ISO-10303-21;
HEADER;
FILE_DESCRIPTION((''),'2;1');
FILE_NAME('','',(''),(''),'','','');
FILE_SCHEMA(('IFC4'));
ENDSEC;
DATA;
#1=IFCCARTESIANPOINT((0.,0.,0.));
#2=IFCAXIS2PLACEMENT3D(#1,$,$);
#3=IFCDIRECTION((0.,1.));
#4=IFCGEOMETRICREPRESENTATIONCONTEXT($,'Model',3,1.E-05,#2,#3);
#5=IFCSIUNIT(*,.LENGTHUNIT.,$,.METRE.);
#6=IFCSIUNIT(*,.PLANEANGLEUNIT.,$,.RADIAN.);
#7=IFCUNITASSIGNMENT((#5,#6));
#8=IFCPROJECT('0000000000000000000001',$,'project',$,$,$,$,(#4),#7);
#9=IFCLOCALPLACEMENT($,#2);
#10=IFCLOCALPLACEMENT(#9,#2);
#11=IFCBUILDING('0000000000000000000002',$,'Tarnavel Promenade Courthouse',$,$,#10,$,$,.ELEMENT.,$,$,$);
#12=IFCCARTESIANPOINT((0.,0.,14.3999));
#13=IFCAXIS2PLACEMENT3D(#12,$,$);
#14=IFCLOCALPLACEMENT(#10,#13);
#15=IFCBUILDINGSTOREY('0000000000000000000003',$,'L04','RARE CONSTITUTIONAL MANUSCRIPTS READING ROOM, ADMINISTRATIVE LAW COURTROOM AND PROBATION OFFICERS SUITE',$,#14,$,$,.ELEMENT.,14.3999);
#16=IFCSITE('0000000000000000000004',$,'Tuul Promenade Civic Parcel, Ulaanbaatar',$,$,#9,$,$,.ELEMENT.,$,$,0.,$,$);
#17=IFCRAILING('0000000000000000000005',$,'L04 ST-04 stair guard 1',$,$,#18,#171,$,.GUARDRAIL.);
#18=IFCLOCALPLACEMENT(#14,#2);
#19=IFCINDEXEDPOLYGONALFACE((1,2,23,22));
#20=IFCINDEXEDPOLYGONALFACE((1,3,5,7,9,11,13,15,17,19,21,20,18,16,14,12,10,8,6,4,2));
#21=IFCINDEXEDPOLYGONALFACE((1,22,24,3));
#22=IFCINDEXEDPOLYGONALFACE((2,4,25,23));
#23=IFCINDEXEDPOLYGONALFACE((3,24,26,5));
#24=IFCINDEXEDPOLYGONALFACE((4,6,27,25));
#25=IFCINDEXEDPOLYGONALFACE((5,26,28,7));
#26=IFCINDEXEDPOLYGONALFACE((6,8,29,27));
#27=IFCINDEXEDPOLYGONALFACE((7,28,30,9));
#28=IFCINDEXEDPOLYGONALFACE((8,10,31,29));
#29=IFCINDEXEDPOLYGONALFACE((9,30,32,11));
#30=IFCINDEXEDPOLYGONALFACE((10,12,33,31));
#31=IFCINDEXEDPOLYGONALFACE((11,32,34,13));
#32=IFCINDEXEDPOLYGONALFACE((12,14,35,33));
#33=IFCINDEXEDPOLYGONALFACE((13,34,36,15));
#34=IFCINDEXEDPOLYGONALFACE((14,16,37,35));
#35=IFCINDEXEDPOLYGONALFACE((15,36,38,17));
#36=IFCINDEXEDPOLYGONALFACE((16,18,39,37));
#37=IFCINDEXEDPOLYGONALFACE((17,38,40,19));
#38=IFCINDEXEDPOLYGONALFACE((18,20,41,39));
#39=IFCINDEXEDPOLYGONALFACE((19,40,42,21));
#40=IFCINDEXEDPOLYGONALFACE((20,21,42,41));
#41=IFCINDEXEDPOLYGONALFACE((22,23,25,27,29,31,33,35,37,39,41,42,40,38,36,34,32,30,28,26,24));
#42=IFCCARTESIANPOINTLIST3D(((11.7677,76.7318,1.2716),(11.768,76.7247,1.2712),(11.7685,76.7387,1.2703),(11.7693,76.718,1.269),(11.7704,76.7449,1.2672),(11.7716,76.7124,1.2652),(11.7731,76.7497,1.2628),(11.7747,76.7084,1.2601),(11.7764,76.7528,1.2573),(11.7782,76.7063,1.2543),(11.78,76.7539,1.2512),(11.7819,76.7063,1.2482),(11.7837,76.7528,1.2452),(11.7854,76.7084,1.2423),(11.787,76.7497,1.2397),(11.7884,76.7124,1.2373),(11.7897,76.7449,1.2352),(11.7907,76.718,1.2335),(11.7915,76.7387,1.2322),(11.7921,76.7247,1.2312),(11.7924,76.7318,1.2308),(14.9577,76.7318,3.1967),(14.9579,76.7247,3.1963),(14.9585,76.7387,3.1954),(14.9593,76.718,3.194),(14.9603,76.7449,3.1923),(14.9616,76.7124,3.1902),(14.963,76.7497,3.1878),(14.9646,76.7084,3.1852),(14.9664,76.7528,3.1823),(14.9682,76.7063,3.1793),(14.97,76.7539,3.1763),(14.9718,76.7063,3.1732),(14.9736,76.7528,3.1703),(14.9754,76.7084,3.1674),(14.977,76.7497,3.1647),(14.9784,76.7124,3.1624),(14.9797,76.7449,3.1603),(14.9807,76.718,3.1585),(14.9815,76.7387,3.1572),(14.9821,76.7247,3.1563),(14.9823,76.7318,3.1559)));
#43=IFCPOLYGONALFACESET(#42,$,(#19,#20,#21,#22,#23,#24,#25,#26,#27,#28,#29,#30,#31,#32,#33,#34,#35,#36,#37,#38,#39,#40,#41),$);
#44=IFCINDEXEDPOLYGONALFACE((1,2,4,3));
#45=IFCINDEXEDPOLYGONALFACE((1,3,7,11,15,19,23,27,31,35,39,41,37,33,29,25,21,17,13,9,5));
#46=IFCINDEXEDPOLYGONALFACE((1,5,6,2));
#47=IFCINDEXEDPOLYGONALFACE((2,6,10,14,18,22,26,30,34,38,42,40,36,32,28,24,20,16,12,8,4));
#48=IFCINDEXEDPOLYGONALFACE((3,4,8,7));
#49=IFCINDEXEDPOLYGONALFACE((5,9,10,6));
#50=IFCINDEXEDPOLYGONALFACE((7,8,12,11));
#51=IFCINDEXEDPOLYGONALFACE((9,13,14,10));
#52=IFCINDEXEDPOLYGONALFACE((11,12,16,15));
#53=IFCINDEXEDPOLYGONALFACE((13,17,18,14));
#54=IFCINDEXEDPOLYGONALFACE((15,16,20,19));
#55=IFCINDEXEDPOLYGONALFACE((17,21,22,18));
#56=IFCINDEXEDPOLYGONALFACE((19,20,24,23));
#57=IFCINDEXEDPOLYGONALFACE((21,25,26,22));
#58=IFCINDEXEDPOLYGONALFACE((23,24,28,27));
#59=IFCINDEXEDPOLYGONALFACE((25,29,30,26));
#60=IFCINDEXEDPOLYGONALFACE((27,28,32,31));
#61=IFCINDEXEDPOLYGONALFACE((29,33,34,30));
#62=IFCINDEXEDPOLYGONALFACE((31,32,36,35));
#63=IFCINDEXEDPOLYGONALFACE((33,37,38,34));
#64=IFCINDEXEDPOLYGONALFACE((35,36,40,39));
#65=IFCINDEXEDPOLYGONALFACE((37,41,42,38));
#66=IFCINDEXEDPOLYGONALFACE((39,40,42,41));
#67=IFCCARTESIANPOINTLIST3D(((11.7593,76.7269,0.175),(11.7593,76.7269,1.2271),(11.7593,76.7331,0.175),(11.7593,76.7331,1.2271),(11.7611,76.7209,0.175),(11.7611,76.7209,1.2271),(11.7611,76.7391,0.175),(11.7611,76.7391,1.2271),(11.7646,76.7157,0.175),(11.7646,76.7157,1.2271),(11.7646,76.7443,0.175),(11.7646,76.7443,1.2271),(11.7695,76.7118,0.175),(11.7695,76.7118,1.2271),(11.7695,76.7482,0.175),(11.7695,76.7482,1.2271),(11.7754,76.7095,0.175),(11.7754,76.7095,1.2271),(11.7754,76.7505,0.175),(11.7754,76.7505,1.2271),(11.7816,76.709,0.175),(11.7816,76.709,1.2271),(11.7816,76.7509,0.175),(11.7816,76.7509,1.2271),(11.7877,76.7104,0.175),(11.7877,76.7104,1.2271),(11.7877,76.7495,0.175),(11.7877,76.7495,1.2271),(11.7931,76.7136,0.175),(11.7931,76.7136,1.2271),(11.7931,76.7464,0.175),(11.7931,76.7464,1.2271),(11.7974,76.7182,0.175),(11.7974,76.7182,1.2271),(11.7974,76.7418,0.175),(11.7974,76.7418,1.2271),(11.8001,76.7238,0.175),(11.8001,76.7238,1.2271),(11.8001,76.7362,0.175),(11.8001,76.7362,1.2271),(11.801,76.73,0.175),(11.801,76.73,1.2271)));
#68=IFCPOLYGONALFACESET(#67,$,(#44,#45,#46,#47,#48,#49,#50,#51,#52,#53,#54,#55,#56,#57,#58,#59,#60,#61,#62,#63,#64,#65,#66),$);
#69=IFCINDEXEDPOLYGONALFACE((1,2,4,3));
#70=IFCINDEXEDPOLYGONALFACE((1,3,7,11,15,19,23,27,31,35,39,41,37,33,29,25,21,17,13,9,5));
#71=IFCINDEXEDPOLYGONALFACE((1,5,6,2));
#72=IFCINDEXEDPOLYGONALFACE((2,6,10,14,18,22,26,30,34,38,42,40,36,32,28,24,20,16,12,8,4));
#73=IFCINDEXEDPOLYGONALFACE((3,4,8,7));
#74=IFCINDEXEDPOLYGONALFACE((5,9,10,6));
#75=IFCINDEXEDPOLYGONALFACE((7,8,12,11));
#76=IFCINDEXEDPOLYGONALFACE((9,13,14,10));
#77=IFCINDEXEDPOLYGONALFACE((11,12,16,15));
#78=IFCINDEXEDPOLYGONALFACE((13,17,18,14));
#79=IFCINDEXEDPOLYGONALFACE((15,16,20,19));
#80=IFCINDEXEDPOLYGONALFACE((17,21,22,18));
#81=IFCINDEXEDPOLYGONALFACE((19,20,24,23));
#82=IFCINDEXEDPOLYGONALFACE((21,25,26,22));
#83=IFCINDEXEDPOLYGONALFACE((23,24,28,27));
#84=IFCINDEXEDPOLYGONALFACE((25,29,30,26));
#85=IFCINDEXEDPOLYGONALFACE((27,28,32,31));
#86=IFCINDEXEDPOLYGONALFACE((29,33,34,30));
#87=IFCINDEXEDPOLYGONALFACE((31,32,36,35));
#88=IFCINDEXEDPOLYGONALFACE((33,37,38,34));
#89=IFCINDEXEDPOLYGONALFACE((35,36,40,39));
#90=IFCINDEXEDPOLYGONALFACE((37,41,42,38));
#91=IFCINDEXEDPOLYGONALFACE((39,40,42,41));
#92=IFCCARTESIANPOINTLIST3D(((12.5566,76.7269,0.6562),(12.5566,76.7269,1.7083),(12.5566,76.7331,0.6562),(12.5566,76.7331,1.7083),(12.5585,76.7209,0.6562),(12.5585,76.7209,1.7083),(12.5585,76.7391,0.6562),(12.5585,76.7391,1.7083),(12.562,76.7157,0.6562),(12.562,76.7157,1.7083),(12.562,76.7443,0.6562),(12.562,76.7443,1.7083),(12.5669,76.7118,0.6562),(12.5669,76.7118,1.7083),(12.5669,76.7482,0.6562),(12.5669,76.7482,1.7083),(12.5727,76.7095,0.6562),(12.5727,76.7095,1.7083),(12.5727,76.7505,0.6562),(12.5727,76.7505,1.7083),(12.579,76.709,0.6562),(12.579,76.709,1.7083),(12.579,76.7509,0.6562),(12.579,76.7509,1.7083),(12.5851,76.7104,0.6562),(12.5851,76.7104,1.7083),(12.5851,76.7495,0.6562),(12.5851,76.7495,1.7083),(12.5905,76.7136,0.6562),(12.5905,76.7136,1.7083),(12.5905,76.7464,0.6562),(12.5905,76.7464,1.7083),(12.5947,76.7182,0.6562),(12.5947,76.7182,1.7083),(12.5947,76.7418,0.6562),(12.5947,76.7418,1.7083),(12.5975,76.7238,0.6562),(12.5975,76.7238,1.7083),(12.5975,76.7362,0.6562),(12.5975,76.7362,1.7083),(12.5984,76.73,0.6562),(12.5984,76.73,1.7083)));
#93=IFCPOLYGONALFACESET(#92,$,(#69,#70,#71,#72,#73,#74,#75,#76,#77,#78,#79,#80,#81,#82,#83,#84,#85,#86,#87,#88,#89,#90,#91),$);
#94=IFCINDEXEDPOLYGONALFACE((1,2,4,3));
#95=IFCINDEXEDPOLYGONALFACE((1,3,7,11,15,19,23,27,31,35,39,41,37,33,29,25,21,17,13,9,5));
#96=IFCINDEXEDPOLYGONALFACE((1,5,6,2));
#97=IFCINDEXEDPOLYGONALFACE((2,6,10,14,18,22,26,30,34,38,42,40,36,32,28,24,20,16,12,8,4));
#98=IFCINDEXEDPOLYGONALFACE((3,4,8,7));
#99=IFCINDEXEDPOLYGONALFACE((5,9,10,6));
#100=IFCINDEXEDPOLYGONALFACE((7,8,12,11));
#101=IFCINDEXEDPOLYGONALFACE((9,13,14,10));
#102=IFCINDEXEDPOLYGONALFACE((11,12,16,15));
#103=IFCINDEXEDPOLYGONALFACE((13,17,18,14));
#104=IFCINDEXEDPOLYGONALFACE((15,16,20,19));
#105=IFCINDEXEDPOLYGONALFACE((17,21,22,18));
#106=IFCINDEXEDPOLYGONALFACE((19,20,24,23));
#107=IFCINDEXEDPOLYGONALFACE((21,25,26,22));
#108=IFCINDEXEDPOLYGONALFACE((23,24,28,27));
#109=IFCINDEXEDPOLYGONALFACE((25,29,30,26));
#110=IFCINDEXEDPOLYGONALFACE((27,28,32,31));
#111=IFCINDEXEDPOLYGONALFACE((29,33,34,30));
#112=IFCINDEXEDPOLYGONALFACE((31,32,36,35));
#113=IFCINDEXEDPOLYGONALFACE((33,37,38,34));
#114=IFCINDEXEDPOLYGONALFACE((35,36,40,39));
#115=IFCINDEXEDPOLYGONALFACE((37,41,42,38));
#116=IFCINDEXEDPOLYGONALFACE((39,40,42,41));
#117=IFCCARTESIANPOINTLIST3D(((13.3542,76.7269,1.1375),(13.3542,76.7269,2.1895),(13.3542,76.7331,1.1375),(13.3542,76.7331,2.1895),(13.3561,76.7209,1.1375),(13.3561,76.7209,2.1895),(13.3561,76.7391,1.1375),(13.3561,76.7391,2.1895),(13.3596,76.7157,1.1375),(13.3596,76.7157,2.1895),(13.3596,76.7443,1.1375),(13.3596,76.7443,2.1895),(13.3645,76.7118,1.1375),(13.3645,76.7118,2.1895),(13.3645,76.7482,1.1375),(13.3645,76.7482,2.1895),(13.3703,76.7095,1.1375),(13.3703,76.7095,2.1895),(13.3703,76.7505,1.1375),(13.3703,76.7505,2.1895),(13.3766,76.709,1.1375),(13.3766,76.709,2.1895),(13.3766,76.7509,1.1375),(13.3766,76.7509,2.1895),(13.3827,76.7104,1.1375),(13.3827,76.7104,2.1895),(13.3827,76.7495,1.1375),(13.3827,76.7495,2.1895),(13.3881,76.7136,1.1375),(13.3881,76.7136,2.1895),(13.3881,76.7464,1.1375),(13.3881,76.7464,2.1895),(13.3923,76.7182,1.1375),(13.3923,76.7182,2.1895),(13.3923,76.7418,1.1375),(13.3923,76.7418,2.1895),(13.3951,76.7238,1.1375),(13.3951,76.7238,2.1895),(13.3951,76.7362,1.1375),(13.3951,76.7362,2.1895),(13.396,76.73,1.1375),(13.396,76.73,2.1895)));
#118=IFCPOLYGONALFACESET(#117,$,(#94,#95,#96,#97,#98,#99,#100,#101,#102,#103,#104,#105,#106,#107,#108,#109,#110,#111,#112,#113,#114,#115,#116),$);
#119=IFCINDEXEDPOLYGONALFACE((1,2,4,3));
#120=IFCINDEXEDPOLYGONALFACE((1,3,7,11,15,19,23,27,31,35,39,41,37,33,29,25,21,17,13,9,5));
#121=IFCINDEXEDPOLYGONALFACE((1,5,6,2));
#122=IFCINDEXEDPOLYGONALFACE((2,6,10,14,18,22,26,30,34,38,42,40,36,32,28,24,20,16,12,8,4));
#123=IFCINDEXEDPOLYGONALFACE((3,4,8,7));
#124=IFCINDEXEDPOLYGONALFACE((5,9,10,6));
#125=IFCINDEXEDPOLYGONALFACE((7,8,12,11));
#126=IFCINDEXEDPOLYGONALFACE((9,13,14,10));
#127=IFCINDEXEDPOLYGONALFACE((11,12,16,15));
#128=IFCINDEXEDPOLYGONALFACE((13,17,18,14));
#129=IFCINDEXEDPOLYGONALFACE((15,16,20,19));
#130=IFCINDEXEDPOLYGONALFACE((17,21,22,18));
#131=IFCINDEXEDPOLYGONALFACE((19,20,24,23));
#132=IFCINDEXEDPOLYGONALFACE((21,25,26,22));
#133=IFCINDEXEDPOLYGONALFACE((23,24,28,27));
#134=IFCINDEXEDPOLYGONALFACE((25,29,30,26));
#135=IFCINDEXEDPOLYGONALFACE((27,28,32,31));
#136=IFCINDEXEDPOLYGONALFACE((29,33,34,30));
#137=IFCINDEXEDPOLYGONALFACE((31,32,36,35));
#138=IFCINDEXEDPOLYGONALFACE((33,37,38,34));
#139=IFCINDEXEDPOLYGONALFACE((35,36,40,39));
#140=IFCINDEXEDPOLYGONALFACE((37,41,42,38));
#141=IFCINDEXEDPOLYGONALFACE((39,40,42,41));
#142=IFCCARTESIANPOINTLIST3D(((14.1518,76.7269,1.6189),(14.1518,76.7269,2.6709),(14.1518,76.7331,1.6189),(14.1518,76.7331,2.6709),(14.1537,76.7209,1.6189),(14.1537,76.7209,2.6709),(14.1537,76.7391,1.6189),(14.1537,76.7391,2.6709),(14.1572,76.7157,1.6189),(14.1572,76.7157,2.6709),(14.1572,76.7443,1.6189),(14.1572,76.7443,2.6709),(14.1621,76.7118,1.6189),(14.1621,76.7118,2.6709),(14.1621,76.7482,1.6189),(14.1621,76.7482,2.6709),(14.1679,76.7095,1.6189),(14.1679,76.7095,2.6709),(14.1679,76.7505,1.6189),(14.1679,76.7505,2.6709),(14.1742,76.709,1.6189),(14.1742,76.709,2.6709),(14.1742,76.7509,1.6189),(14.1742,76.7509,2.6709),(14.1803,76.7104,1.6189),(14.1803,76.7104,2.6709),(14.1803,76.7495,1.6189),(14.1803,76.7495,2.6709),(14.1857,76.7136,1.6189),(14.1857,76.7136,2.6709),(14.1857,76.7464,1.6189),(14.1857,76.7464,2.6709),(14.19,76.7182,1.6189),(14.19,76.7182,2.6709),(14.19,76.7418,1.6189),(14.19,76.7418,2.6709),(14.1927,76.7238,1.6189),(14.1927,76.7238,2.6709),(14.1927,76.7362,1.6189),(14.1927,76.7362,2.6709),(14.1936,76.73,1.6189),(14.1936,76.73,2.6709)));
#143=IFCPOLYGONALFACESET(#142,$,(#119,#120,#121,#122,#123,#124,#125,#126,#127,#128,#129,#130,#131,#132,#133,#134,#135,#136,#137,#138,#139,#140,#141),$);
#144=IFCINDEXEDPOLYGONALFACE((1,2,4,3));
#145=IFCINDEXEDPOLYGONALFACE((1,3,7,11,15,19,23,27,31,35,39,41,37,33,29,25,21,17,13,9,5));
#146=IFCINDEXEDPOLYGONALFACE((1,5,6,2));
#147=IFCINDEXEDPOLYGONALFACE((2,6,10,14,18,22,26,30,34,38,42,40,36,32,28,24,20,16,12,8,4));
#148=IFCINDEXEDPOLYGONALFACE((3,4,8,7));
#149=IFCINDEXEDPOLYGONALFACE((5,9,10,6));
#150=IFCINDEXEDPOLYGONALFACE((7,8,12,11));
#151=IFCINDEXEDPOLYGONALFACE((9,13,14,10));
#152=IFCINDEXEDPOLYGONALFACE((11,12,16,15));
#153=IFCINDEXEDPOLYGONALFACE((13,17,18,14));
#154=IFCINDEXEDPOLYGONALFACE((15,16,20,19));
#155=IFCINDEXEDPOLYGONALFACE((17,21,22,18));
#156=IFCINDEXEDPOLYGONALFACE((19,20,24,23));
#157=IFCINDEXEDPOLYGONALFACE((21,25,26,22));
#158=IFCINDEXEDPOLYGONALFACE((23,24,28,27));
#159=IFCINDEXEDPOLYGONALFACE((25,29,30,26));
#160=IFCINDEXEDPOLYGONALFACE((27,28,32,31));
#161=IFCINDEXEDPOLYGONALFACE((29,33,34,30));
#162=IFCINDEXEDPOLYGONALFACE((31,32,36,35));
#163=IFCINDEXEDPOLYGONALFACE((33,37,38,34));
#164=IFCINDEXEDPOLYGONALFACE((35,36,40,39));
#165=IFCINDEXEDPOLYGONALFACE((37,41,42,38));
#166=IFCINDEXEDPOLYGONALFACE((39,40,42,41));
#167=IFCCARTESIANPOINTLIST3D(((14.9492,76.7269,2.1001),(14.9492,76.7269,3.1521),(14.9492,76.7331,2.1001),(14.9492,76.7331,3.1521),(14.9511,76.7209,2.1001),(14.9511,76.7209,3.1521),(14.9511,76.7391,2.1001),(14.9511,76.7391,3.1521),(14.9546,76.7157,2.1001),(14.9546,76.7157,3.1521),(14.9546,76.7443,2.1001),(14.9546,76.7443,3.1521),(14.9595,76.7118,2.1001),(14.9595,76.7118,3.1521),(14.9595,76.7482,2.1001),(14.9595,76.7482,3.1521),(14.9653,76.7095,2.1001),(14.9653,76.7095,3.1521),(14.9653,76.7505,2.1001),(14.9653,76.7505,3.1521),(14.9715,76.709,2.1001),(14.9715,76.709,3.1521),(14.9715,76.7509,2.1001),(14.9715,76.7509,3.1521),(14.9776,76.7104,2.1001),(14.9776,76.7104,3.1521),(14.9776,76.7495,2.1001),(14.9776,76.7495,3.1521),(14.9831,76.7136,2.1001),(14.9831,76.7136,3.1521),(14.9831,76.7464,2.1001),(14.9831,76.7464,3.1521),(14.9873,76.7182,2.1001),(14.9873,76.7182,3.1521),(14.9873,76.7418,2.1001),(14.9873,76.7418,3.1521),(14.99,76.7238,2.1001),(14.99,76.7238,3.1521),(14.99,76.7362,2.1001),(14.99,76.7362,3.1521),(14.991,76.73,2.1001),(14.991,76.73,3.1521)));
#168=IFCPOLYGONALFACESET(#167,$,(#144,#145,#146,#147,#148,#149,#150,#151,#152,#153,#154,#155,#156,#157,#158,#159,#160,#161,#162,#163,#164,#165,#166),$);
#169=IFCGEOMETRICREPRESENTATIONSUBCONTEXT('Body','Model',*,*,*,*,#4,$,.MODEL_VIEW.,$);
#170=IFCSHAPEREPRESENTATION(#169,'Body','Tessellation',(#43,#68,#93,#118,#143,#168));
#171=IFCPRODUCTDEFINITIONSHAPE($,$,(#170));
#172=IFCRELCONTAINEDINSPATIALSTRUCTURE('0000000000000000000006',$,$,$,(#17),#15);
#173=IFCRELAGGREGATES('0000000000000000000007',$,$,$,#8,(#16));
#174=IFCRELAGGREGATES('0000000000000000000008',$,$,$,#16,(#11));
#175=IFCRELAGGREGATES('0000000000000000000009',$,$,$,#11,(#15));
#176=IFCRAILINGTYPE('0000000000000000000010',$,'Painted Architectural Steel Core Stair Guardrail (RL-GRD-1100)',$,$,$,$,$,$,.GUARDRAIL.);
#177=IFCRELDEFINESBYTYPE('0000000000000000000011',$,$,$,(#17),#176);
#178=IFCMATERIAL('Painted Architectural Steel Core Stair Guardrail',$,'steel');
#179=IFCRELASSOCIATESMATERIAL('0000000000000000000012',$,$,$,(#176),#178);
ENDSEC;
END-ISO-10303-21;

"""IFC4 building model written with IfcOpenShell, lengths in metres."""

from ifc_helpers import new_model, si_unit, direction, frame, origin, origin_2d, place, context, subcontext, project, spatial, circle, extrude, material, type_object, element, save


model = new_model("IFC4")

# Units and contexts
model_context = context("Model", 3, precision=1e-05, world=origin(), true_north=direction((0.0, 1.0)))
body_context = subcontext(model_context, "Body", "Model", "MODEL_VIEW")
ifc_project = project(units=[si_unit("LENGTHUNIT", "METRE"), si_unit("PLANEANGLEUNIT", "RADIAN")], contexts=[model_context])

# Site, building, storey
site_placement = place(None, origin())
site = spatial("IfcSite", under=ifc_project, at=site_placement, Name="Tuul Promenade Civic Parcel, Ulaanbaatar", CompositionType="ELEMENT", RefElevation=0.0)
building_placement = place(site_placement, origin())
building = spatial("IfcBuilding", under=site, at=building_placement, Name="Tarnavel Promenade Courthouse", CompositionType="ELEMENT")
storey_placement = place(building_placement, frame((0.0, 0.0, 14.3999)))
storey = spatial("IfcBuildingStorey", under=building, at=storey_placement, Name="L04", Description="RARE CONSTITUTIONAL MANUSCRIPTS READING ROOM, ADMINISTRATIVE LAW COURTROOM AND PROBATION OFFICERS SUITE", CompositionType="ELEMENT", Elevation=14.3999)

# Railing
ifc_material_1 = material(Name="Painted Architectural Steel Core Stair Guardrail", Category="steel")
railing_type_1 = type_object("IfcRailingType", Name="Painted Architectural Steel Core Stair Guardrail (RL-GRD-1100)", PredefinedType="GUARDRAIL", material=ifc_material_1)
railing_1_placement = place(storey_placement, frame((11.78, 76.73, 0.175)))
element("IfcRailing", 1, at=railing_1_placement, inside=storey, type_object=railing_type_1, Name="L04 ST-04 stair guard 1", PredefinedType="GUARDRAIL", context=body_context, shape_type="SweptSolid", body=[
    extrude(circle(Radius=0.0239, at=origin_2d()), frame((0.0, 0.0, 1.0762), z_axis=(0.856178, 0.0, 0.516682), x_axis=(0.0, 1.0, 0.0)), (0.0, 0.0, 1.0), 3.7258),
    extrude(circle(Radius=0.021, at=origin_2d()), origin(), (0.0, 0.0, 1.0), 1.052),
    extrude(circle(Radius=0.021, at=origin_2d()), frame((0.7974, 0.0, 0.4812)), (0.0, 0.0, 1.0), 1.052),
    extrude(circle(Radius=0.021, at=origin_2d()), frame((1.595, 0.0, 0.9624)), (0.0, 0.0, 1.0), 1.052),
    extrude(circle(Radius=0.021, at=origin_2d()), frame((2.3926, 0.0, 1.4438)), (0.0, 0.0, 1.0), 1.052),
    extrude(circle(Radius=0.021, at=origin_2d()), frame((3.1899, 0.0, 1.925)), (0.0, 0.0, 1.0), 1.052),
])

save(model, "model.ifc")
